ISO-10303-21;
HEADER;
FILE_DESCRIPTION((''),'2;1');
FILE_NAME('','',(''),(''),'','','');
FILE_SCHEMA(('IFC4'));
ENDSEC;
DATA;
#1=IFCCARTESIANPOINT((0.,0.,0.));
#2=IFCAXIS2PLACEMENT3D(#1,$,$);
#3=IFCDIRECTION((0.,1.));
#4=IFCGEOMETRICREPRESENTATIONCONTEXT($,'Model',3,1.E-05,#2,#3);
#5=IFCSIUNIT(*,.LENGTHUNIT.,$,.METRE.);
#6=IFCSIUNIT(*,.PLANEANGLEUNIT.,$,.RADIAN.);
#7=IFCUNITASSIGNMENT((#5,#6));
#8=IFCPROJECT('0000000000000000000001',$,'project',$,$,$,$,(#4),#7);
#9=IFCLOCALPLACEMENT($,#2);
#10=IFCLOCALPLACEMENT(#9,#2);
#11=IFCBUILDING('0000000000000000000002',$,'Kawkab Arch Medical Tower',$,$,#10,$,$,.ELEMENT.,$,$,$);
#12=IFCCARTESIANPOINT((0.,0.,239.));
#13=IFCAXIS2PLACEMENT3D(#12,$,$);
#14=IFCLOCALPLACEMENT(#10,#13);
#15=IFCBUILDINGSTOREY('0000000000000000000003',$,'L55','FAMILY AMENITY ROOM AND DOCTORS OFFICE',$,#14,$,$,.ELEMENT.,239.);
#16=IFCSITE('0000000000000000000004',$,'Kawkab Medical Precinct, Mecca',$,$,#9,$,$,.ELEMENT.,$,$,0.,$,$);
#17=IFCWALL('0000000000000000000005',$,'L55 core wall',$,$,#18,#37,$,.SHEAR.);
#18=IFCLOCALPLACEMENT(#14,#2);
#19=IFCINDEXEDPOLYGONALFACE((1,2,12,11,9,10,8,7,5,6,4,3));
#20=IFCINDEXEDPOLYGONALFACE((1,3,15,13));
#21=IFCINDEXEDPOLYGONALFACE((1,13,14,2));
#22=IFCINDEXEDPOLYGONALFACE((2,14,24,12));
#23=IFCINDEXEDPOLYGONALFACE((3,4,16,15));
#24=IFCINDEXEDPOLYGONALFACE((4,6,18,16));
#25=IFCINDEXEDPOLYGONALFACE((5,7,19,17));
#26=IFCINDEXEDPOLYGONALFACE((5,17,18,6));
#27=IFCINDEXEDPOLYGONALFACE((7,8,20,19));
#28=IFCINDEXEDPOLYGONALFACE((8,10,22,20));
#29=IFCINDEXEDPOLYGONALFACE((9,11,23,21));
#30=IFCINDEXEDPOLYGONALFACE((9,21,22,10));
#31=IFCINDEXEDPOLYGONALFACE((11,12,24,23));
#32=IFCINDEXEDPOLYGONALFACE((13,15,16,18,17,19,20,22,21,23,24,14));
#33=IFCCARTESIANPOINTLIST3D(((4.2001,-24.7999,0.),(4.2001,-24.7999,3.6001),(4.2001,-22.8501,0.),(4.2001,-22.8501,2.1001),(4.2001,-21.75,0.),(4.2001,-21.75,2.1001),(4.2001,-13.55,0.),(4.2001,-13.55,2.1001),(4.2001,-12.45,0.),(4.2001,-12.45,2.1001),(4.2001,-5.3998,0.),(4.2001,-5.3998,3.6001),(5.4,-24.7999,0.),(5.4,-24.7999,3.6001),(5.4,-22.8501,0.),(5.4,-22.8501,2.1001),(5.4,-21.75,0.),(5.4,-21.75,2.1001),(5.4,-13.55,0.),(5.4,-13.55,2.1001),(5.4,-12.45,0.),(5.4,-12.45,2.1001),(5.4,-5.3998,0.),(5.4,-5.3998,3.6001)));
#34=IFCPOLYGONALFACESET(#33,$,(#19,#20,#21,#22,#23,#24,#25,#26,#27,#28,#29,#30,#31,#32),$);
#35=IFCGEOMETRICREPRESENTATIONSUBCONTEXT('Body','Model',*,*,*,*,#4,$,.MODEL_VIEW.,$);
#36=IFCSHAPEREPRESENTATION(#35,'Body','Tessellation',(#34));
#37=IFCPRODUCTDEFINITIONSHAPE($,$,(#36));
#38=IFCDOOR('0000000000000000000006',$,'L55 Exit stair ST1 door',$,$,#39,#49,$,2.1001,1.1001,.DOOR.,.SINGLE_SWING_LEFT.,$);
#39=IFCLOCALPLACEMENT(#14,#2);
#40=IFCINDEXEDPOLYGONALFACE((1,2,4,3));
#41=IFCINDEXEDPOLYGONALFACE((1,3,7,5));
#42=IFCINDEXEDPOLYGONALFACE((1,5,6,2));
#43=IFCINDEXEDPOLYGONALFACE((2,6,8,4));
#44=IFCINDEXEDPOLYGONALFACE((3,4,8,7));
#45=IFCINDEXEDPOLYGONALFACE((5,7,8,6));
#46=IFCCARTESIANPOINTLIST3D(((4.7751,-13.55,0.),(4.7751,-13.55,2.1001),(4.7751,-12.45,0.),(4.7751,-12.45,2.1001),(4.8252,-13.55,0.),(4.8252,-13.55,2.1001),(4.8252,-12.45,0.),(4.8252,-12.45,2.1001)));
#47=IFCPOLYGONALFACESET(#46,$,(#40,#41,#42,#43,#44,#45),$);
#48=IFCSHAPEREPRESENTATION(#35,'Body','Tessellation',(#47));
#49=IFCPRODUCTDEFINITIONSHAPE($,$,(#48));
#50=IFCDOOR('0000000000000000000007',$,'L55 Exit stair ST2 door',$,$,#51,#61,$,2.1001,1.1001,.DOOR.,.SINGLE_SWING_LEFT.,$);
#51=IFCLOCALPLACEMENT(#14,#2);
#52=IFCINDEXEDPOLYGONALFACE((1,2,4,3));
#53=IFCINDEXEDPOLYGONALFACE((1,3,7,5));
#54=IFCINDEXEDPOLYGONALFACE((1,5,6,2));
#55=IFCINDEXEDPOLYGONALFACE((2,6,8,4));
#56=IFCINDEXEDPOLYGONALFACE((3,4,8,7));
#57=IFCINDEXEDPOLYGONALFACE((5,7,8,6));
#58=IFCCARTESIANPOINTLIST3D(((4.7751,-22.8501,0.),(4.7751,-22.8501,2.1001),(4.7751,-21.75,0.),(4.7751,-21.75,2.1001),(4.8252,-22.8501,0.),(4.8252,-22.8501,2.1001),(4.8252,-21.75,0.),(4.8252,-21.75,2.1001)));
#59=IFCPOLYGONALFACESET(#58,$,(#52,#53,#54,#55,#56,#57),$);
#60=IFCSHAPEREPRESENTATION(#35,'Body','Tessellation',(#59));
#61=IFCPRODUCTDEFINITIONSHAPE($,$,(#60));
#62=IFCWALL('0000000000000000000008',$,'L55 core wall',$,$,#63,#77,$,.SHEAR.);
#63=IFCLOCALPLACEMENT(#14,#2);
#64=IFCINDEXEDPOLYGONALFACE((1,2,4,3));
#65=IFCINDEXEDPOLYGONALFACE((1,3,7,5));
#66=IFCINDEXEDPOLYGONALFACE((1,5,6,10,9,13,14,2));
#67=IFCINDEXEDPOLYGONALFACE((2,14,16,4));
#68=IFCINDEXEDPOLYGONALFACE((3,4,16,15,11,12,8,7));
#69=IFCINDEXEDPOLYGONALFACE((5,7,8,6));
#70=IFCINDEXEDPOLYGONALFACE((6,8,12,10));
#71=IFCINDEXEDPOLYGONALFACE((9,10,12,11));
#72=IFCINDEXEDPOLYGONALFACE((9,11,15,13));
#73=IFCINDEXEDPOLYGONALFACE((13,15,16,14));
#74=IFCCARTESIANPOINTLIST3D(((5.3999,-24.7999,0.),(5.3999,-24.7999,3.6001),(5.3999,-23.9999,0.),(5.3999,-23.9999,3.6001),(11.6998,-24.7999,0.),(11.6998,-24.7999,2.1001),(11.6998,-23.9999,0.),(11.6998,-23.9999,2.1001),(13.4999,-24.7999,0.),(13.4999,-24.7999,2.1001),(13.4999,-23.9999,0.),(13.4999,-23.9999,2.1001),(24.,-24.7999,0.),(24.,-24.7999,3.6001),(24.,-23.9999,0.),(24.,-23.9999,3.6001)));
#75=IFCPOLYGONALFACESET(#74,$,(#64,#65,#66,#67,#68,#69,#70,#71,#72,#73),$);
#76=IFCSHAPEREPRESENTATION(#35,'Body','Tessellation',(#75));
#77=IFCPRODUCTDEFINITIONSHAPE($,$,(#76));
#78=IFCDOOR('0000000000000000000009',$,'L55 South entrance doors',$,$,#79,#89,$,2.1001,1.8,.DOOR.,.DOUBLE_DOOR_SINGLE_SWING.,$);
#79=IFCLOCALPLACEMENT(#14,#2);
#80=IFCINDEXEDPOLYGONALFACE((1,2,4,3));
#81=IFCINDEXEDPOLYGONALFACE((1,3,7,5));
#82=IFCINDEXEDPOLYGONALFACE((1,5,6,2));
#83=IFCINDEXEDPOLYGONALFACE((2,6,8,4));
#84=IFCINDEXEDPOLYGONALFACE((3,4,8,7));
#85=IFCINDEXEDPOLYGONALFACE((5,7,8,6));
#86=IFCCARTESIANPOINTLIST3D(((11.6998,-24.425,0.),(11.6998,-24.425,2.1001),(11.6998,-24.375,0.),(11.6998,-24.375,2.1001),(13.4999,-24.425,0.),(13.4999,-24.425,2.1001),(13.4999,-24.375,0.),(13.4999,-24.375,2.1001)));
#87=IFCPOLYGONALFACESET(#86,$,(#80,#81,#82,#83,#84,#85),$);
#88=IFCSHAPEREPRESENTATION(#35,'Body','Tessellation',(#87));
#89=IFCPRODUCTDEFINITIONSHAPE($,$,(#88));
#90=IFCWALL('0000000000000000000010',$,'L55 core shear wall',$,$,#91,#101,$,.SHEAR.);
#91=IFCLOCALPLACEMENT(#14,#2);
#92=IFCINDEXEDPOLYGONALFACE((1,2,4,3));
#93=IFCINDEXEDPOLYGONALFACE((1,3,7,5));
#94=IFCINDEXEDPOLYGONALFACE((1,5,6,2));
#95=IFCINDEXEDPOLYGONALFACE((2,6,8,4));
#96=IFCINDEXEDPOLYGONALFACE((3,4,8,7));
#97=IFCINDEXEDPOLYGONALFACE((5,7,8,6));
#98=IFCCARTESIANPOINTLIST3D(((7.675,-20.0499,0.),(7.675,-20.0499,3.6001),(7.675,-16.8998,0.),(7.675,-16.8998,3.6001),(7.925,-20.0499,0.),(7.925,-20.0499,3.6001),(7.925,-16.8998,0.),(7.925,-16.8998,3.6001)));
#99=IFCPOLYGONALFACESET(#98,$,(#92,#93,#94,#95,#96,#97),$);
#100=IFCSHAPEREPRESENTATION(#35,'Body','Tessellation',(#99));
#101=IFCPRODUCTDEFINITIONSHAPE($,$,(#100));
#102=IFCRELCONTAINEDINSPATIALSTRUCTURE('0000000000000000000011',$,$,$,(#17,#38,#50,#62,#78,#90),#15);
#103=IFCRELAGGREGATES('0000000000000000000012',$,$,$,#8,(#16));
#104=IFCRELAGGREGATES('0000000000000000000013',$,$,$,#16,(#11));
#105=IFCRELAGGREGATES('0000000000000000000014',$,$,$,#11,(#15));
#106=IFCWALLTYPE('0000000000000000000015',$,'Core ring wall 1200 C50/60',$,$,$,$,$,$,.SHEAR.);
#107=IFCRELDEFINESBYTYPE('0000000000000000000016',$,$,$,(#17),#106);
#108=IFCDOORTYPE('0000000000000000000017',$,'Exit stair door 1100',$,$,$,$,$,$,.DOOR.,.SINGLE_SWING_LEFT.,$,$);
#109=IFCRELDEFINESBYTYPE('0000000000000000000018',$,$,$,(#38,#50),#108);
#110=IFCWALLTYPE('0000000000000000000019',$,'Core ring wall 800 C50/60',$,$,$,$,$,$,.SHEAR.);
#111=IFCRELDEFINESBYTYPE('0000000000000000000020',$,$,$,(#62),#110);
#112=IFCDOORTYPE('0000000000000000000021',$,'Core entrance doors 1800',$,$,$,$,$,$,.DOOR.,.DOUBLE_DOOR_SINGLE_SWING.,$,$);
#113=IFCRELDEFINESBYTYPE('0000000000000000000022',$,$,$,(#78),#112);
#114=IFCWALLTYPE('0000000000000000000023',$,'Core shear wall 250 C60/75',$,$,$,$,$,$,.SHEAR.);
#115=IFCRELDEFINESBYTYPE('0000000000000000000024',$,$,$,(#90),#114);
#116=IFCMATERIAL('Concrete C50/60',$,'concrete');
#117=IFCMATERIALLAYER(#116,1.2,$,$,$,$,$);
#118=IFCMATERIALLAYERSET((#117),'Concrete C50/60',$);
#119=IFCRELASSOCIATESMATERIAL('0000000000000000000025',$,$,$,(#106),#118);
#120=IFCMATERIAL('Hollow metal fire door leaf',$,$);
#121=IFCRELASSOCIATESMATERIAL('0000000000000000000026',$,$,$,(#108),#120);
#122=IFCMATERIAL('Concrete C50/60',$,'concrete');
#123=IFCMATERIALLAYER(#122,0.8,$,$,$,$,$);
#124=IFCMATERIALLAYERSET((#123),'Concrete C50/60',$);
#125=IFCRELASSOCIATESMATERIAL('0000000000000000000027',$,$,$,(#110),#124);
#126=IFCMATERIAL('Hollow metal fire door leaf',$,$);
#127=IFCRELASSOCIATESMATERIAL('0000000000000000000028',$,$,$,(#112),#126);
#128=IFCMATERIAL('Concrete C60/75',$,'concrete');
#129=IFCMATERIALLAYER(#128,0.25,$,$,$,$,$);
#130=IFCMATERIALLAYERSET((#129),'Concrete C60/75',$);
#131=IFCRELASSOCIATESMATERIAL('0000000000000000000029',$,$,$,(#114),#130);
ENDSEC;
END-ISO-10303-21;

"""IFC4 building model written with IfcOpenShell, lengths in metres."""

from ifc_helpers import new_model, si_unit, direction, frame, frame_2d, origin, place, context, subcontext, project, spatial, rectangle, extrude, material, layer, layer_set, type_object, element, fill, save


model = new_model("IFC4")

# Units and contexts
model_context = context("Model", 3, precision=1e-05, world=origin(), true_north=direction((0.0, 1.0)))
body_context = subcontext(model_context, "Body", "Model", "MODEL_VIEW")
ifc_project = project(units=[si_unit("LENGTHUNIT", "METRE"), si_unit("PLANEANGLEUNIT", "RADIAN")], contexts=[model_context])

# Site, building, storey
site_placement = place(None, origin())
site = spatial("IfcSite", under=ifc_project, at=site_placement, Name="Kawkab Medical Precinct, Mecca", CompositionType="ELEMENT", RefElevation=0.0)
building_placement = place(site_placement, origin())
building = spatial("IfcBuilding", under=site, at=building_placement, Name="Kawkab Arch Medical Tower", CompositionType="ELEMENT")
storey_placement = place(building_placement, frame((0.0, 0.0, 239.0)))
storey = spatial("IfcBuildingStorey", under=building, at=storey_placement, Name="L55", Description="FAMILY AMENITY ROOM AND DOCTORS OFFICE", CompositionType="ELEMENT", Elevation=239.0)

# Wall, openings, doors
ifc_material_1 = material(Name="Concrete C50/60", Category="concrete")
ifc_layer_1 = layer(ifc_material_1, 1.2)
ifc_layer_set_1 = layer_set([ifc_layer_1], Name="Concrete C50/60")
wall_type_1 = type_object("IfcWallType", Name="Core ring wall 1200 C50/60", PredefinedType="SHEAR", material=ifc_layer_set_1)
wall_1_placement = place(storey_placement, frame((4.8, -24.8, 0.0), z_axis=(0.0, 0.0, 1.0), x_axis=(0.0, 1.0, 0.0)))
wall_1 = element("IfcWall", 1, at=wall_1_placement, inside=storey, type_object=wall_type_1, Name="L55 core wall", PredefinedType="SHEAR", context=body_context, shape_type="SweptSolid", body=[
    extrude(rectangle(XDim=19.4001, YDim=1.2, at=frame_2d((9.7002, 0.0))), origin(), (0.0, 0.0, 1.0), 3.6001),
])
opening_1_placement = place(wall_1_placement, frame((11.25, 0.0, 0.0)))
opening_1 = element("IfcOpeningElement", 2, at=opening_1_placement, cuts=wall_1, PredefinedType="OPENING", context=body_context, shape_type="SweptSolid", body=[
    extrude(rectangle(XDim=1.1001, YDim=2.1001, at=frame_2d((0.55, 1.05))), frame((0.0, 0.6099, 0.0), z_axis=(0.0, -1.0, 0.0), x_axis=(1.0, 0.0, 0.0)), (0.0, 0.0, 1.0), 1.22),
])
opening_2_placement = place(wall_1_placement, frame((1.95, 0.0, 0.0)))
opening_2 = element("IfcOpeningElement", 3, at=opening_2_placement, cuts=wall_1, PredefinedType="OPENING", context=body_context, shape_type="SweptSolid", body=[
    extrude(rectangle(XDim=1.1001, YDim=2.1001, at=frame_2d((0.55, 1.05))), frame((0.0, 0.6099, 0.0), z_axis=(0.0, -1.0, 0.0), x_axis=(1.0, 0.0, 0.0)), (0.0, 0.0, 1.0), 1.22),
])
ifc_material_2 = material(Name="Hollow metal fire door leaf")
door_type_1 = type_object("IfcDoorType", Name="Exit stair door 1100", OperationType="SINGLE_SWING_LEFT", PredefinedType="DOOR", material=ifc_material_2)
door_1_placement = place(opening_1_placement, origin())
door_1 = element("IfcDoor", 4, at=door_1_placement, inside=storey, type_object=door_type_1, Name="L55 Exit stair ST1 door", OperationType="SINGLE_SWING_LEFT", OverallHeight=2.1001, OverallWidth=1.1001, PredefinedType="DOOR", context=body_context, shape_type="SweptSolid", body=[
    extrude(rectangle(XDim=1.1001, YDim=2.1001, at=frame_2d((0.55, 1.05))), frame((0.0, 0.0249, 0.0), z_axis=(0.0, -1.0, 0.0), x_axis=(1.0, 0.0, 0.0)), (0.0, 0.0, 1.0), 0.05),
])
fill(opening_1, door_1)
door_2_placement = place(opening_2_placement, origin())
door_2 = element("IfcDoor", 5, at=door_2_placement, inside=storey, type_object=door_type_1, Name="L55 Exit stair ST2 door", OperationType="SINGLE_SWING_LEFT", OverallHeight=2.1001, OverallWidth=1.1001, PredefinedType="DOOR", context=body_context, shape_type="SweptSolid", body=[
    extrude(rectangle(XDim=1.1001, YDim=2.1001, at=frame_2d((0.55, 1.05))), frame((0.0, 0.0249, 0.0), z_axis=(0.0, -1.0, 0.0), x_axis=(1.0, 0.0, 0.0)), (0.0, 0.0, 1.0), 0.05),
])
fill(opening_2, door_2)

# Wall, opening, door
ifc_material_3 = material(Name="Concrete C50/60", Category="concrete")
ifc_layer_2 = layer(ifc_material_3, 0.8)
ifc_layer_set_2 = layer_set([ifc_layer_2], Name="Concrete C50/60")
wall_type_2 = type_object("IfcWallType", Name="Core ring wall 800 C50/60", PredefinedType="SHEAR", material=ifc_layer_set_2)
wall_2_placement = place(storey_placement, frame((5.3999, -24.3999, 0.0), z_axis=(0.0, 0.0, 1.0), x_axis=(1.0, 0.0, 0.0)))
wall_2 = element("IfcWall", 6, at=wall_2_placement, inside=storey, type_object=wall_type_2, Name="L55 core wall", PredefinedType="SHEAR", context=body_context, shape_type="SweptSolid", body=[
    extrude(rectangle(XDim=18.6001, YDim=0.8, at=frame_2d((9.3, 0.0))), origin(), (0.0, 0.0, 1.0), 3.6001),
])
opening_3_placement = place(wall_2_placement, frame((6.3, 0.0, 0.0)))
opening_3 = element("IfcOpeningElement", 7, at=opening_3_placement, cuts=wall_2, PredefinedType="OPENING", context=body_context, shape_type="SweptSolid", body=[
    extrude(rectangle(XDim=1.8, YDim=2.1001, at=frame_2d((0.8999, 1.05))), frame((0.0, 0.4099, 0.0), z_axis=(0.0, -1.0, 0.0), x_axis=(1.0, 0.0, 0.0)), (0.0, 0.0, 1.0), 0.8201),
])
ifc_material_4 = material(Name="Hollow metal fire door leaf")
door_type_2 = type_object("IfcDoorType", Name="Core entrance doors 1800", OperationType="DOUBLE_DOOR_SINGLE_SWING", PredefinedType="DOOR", material=ifc_material_4)
door_3_placement = place(opening_3_placement, origin())
door_3 = element("IfcDoor", 8, at=door_3_placement, inside=storey, type_object=door_type_2, Name="L55 South entrance doors", OperationType="DOUBLE_DOOR_SINGLE_SWING", OverallHeight=2.1001, OverallWidth=1.8, PredefinedType="DOOR", context=body_context, shape_type="SweptSolid", body=[
    extrude(rectangle(XDim=1.8, YDim=2.1001, at=frame_2d((0.8999, 1.05))), frame((0.0, 0.0249, 0.0), z_axis=(0.0, -1.0, 0.0), x_axis=(1.0, 0.0, 0.0)), (0.0, 0.0, 1.0), 0.05),
])
fill(opening_3, door_3)

# Wall
ifc_material_5 = material(Name="Concrete C60/75", Category="concrete")
ifc_layer_3 = layer(ifc_material_5, 0.25)
ifc_layer_set_3 = layer_set([ifc_layer_3], Name="Concrete C60/75")
wall_type_3 = type_object("IfcWallType", Name="Core shear wall 250 C60/75", PredefinedType="SHEAR", material=ifc_layer_set_3)
wall_3_placement = place(storey_placement, frame((7.8, -20.05, 0.0), z_axis=(0.0, 0.0, 1.0), x_axis=(0.0, 1.0, 0.0)))
element("IfcWall", 9, at=wall_3_placement, inside=storey, type_object=wall_type_3, Name="L55 core shear wall", PredefinedType="SHEAR", context=body_context, shape_type="SweptSolid", body=[
    extrude(rectangle(XDim=3.1501, YDim=0.25, at=frame_2d((1.5752, 0.0))), origin(), (0.0, 0.0, 1.0), 3.6001),
])

save(model, "model.ifc")
